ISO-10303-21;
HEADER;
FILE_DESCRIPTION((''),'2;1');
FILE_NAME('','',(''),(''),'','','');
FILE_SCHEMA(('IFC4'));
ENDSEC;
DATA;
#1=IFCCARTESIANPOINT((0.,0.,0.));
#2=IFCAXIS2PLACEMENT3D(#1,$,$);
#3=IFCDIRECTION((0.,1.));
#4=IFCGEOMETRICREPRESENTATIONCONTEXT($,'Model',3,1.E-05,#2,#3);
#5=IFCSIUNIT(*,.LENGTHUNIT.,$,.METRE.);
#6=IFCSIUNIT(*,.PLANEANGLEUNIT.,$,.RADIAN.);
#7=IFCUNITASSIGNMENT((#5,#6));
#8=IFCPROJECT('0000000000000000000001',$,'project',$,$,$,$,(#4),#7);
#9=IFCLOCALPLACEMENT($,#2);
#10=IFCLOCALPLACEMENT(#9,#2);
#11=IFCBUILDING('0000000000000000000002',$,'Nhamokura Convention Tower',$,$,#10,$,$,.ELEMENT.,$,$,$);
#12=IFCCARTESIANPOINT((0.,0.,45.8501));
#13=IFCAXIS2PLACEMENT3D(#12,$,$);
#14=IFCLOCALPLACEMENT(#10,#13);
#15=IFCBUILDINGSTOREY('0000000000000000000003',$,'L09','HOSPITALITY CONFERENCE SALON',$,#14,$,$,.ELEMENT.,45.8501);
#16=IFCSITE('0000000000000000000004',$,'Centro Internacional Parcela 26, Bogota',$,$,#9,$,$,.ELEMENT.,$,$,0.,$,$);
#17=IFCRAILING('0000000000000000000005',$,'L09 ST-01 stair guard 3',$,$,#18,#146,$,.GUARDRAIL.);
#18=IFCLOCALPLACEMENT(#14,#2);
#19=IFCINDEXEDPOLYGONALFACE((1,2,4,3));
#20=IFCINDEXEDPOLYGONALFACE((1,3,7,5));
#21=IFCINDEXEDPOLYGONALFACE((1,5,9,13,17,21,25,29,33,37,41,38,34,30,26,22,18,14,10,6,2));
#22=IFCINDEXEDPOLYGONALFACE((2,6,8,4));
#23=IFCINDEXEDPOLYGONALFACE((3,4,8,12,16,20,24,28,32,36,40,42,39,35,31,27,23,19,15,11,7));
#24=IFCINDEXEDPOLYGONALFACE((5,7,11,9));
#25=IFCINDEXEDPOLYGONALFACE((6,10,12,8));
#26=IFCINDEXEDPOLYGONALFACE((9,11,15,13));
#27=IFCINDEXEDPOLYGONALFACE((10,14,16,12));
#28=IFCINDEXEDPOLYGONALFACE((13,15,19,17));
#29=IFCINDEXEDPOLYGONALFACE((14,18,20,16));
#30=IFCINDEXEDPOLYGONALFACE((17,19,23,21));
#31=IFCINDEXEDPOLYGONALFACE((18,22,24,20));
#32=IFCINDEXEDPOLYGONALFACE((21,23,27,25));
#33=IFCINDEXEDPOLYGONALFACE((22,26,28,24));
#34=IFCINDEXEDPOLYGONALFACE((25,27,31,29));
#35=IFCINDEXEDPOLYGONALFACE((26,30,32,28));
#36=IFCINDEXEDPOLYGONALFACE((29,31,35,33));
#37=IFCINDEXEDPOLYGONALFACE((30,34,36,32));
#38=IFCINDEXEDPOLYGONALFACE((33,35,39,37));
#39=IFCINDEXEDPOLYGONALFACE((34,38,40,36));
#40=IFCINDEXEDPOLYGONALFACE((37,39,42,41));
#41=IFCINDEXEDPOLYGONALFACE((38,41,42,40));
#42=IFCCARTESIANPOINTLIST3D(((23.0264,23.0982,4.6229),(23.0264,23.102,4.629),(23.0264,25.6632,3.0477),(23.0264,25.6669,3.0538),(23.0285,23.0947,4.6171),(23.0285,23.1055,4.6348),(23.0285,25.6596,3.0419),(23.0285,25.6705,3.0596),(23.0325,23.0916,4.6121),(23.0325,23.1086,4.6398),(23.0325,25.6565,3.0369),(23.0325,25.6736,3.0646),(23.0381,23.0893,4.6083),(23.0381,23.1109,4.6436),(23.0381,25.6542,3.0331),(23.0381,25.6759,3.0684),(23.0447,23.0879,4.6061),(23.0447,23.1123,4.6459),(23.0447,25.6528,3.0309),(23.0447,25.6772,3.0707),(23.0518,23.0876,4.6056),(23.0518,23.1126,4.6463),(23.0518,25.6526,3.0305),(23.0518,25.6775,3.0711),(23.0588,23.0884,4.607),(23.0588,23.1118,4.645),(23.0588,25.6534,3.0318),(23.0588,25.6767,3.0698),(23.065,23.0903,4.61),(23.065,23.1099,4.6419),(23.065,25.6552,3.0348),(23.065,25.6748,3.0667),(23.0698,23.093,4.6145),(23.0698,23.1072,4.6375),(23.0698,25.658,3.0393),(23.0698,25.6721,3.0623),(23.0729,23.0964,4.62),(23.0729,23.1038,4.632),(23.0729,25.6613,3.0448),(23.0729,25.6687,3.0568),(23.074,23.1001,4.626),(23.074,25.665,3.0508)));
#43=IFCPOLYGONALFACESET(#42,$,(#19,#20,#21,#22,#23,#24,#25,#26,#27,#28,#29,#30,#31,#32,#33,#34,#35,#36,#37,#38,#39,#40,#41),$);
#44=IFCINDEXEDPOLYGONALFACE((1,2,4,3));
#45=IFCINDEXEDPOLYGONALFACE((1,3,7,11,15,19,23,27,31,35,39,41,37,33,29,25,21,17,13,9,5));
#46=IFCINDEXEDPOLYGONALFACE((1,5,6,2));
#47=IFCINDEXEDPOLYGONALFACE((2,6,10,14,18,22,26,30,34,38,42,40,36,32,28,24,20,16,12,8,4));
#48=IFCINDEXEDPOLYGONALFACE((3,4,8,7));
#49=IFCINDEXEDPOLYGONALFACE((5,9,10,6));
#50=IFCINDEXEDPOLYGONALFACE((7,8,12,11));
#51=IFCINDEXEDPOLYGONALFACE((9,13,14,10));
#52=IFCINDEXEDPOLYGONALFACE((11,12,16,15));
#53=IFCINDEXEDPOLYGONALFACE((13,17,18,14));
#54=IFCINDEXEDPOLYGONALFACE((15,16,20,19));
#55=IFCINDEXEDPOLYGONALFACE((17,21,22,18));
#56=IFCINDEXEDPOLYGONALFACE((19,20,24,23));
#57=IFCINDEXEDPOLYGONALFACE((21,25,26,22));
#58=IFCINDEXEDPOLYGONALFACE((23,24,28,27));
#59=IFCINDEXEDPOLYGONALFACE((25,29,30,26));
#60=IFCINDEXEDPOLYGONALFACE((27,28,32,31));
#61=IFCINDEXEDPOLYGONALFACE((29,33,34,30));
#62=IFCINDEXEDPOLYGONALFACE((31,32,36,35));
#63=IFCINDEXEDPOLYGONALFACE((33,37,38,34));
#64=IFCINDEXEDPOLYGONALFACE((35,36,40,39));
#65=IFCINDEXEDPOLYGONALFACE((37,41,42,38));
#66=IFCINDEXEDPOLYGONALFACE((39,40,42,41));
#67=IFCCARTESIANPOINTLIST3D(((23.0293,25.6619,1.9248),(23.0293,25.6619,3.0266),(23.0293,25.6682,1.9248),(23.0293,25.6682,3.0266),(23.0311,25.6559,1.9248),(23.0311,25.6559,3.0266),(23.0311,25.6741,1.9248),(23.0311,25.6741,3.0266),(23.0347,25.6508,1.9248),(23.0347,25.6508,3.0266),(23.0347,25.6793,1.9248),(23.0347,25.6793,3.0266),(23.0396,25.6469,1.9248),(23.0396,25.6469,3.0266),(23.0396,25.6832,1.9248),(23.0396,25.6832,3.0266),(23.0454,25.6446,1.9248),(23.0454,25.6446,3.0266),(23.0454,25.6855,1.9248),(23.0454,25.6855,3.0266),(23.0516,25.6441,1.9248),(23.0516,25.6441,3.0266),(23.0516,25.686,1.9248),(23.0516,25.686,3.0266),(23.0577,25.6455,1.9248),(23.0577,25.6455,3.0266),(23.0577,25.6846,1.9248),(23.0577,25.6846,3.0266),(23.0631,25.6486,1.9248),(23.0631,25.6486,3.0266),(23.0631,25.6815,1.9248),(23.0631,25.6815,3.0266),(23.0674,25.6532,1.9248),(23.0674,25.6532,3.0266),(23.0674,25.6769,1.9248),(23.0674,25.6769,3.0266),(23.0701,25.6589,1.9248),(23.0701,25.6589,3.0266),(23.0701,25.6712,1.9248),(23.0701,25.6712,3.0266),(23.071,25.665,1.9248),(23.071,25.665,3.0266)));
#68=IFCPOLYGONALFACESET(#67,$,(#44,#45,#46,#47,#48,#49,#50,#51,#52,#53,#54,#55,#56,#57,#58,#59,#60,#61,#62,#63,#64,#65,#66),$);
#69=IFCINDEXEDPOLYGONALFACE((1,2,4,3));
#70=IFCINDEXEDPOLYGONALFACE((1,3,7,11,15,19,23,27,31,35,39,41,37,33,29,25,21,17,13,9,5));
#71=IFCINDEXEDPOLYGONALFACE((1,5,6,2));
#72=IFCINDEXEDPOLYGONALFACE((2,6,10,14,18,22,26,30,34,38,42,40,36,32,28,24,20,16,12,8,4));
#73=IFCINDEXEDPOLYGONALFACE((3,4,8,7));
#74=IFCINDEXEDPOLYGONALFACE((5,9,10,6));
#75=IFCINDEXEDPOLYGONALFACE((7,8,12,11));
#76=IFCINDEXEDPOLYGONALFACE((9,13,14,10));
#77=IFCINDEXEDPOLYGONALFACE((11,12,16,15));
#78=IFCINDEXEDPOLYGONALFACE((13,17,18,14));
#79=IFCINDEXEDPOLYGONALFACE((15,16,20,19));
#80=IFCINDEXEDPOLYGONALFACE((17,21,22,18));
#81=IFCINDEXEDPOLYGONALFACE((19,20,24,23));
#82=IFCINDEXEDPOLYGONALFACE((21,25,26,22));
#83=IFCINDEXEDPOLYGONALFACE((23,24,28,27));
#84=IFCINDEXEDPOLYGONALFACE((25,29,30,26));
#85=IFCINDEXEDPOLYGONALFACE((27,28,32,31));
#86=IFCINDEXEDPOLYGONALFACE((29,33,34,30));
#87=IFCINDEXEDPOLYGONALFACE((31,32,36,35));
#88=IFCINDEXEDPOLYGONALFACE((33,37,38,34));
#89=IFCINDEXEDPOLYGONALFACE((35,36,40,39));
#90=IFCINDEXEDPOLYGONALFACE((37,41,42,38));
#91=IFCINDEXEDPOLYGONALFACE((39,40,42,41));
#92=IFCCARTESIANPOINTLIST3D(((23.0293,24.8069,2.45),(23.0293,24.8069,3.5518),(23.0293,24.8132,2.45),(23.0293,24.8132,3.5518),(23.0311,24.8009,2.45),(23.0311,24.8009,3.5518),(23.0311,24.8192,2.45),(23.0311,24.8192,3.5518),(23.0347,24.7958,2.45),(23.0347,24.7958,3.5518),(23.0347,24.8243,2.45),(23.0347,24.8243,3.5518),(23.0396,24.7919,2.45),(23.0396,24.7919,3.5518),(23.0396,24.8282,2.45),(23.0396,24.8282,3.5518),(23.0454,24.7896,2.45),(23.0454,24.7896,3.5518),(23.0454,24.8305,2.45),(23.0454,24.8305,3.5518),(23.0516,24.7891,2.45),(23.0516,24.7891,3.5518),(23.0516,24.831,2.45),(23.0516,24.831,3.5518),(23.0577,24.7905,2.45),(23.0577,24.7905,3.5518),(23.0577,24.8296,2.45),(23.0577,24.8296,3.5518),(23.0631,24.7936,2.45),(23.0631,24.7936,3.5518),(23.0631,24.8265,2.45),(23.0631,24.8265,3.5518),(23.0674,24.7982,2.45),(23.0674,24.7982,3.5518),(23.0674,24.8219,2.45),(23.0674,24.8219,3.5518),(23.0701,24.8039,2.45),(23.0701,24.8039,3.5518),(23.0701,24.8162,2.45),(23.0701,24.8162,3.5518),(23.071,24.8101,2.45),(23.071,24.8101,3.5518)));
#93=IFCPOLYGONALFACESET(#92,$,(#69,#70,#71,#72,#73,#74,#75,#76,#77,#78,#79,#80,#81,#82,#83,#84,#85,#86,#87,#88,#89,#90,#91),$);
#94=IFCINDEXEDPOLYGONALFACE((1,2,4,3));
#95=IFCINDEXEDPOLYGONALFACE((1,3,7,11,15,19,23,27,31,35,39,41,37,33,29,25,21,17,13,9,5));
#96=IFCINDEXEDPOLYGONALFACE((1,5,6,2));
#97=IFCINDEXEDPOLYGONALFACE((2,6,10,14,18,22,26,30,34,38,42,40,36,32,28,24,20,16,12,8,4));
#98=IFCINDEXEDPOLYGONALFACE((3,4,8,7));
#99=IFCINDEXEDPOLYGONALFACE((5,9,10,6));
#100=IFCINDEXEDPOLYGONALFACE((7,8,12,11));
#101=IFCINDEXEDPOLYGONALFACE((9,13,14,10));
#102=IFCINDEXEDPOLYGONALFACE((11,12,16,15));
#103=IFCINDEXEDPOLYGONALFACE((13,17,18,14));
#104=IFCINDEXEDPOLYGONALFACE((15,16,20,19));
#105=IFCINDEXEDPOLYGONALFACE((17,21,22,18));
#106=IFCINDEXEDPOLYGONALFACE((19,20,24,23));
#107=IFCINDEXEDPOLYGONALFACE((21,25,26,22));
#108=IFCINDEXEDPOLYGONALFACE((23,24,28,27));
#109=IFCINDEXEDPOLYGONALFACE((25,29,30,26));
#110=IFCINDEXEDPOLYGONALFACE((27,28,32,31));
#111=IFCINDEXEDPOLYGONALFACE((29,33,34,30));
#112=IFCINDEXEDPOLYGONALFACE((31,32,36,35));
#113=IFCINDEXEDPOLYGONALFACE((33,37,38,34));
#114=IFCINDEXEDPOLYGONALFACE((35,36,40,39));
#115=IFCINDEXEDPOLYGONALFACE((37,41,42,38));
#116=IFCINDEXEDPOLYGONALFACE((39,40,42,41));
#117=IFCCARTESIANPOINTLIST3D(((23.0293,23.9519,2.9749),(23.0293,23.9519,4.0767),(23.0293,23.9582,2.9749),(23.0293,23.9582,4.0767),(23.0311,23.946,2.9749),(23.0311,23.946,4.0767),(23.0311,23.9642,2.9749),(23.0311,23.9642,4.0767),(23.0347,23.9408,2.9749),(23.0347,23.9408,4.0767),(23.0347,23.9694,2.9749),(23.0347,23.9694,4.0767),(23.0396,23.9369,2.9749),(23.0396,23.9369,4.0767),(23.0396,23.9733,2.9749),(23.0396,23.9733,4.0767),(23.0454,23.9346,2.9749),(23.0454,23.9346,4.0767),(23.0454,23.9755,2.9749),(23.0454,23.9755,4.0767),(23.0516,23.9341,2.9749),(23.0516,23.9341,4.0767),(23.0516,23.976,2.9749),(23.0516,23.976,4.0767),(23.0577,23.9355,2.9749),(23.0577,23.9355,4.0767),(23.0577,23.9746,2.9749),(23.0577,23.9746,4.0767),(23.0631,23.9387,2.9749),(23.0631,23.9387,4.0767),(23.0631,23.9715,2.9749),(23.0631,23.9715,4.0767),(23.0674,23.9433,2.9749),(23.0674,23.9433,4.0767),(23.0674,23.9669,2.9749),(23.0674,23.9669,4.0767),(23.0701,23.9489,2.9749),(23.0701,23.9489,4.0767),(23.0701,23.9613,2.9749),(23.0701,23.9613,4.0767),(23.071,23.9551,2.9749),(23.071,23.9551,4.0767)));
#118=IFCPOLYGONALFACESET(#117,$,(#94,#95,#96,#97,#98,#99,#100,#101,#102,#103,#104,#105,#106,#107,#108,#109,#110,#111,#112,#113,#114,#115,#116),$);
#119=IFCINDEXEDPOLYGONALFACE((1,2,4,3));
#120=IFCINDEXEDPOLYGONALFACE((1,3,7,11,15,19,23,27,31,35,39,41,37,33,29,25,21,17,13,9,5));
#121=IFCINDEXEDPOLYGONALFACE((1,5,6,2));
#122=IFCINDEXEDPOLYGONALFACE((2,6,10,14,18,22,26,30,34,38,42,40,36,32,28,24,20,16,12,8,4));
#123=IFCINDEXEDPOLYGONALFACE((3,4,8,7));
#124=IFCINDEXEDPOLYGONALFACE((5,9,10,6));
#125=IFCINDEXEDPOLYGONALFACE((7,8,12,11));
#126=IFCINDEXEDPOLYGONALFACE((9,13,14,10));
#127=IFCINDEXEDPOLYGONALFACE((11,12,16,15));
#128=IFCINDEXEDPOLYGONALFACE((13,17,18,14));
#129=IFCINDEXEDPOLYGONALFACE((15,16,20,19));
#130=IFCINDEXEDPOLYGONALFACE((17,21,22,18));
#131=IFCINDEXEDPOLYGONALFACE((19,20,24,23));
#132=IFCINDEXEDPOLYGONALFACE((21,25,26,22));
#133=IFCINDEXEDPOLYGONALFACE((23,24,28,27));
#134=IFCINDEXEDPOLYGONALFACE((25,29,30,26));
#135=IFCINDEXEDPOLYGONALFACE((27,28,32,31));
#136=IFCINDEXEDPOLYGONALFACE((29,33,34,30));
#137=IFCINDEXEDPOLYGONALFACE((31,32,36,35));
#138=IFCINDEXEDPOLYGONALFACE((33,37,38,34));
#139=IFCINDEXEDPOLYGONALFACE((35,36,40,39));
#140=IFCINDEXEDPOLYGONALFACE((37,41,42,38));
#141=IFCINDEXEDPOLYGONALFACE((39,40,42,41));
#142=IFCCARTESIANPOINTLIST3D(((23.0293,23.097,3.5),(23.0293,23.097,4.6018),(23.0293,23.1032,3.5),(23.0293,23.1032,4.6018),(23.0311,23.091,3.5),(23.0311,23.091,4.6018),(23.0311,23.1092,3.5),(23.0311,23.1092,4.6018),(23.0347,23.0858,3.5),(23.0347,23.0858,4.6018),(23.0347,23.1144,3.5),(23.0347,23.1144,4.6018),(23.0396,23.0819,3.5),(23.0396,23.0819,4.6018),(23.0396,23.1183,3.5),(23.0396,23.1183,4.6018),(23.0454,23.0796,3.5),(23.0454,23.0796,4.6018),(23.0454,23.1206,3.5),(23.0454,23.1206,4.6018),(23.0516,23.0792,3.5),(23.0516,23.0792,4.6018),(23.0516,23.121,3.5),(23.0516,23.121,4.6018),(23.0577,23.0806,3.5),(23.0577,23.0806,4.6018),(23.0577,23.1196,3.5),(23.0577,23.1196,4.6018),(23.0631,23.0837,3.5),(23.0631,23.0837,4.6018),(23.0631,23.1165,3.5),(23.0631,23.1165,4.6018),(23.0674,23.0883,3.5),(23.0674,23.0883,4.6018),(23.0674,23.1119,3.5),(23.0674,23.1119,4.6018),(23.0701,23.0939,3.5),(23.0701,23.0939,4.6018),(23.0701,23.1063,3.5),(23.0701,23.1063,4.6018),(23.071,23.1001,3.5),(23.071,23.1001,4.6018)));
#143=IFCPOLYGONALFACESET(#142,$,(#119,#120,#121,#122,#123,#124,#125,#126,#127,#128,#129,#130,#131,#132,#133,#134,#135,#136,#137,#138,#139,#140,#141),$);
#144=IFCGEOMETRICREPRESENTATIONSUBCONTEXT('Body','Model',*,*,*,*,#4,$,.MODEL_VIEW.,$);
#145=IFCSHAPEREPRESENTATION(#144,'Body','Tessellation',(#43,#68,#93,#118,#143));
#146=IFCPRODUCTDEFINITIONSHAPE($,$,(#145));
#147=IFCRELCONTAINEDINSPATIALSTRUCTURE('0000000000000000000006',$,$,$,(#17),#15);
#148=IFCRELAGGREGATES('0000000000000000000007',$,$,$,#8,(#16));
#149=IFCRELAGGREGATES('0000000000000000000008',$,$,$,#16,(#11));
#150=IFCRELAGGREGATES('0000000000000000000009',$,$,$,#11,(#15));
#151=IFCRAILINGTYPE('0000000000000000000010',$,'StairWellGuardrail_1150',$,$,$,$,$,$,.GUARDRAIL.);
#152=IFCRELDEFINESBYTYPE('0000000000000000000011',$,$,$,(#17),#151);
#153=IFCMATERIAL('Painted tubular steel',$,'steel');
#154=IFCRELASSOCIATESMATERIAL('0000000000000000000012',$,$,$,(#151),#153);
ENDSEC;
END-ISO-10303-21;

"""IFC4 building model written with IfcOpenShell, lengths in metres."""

from ifc_helpers import new_model, si_unit, direction, frame, origin, origin_2d, place, context, subcontext, project, spatial, circle, extrude, material, type_object, element, save


model = new_model("IFC4")

# Units and contexts
model_context = context("Model", 3, precision=1e-05, world=origin(), true_north=direction((0.0, 1.0)))
body_context = subcontext(model_context, "Body", "Model", "MODEL_VIEW")
ifc_project = project(units=[si_unit("LENGTHUNIT", "METRE"), si_unit("PLANEANGLEUNIT", "RADIAN")], contexts=[model_context])

# Site, building, storey
site_placement = place(None, origin())
site = spatial("IfcSite", under=ifc_project, at=site_placement, Name="Centro Internacional Parcela 26, Bogota", CompositionType="ELEMENT", RefElevation=0.0)
building_placement = place(site_placement, origin())
building = spatial("IfcBuilding", under=site, at=building_placement, Name="Nhamokura Convention Tower", CompositionType="ELEMENT")
storey_placement = place(building_placement, frame((0.0, 0.0, 45.8501)))
storey = spatial("IfcBuildingStorey", under=building, at=storey_placement, Name="L09", Description="HOSPITALITY CONFERENCE SALON", CompositionType="ELEMENT", Elevation=45.8501)

# Railing
ifc_material_1 = material(Name="Painted tubular steel", Category="steel")
railing_type_1 = type_object("IfcRailingType", Name="StairWellGuardrail_1150", PredefinedType="GUARDRAIL", material=ifc_material_1)
railing_1_placement = place(storey_placement, frame((23.05, 25.665, 1.9248)))
element("IfcRailing", 1, at=railing_1_placement, inside=storey, type_object=railing_type_1, Name="L09 ST-01 stair guard 3", PredefinedType="GUARDRAIL", context=body_context, shape_type="SweptSolid", body=[
    extrude(circle(Radius=0.0239, at=origin_2d()), frame((0.0, 0.0, 1.126), z_axis=(0.0, -0.852137, 0.523319), x_axis=(1.0, 0.0, 0.0)), (0.0, 0.0, 1.0), 3.01),
    extrude(circle(Radius=0.021, at=origin_2d()), origin(), (0.0, 0.0, 1.0), 1.1018),
    extrude(circle(Radius=0.021, at=origin_2d()), frame((0.0, -0.855, 0.5251)), (0.0, 0.0, 1.0), 1.1018),
    extrude(circle(Radius=0.021, at=origin_2d()), frame((0.0, -1.71, 1.05)), (0.0, 0.0, 1.0), 1.1018),
    extrude(circle(Radius=0.021, at=origin_2d()), frame((0.0, -2.5649, 1.5752)), (0.0, 0.0, 1.0), 1.1018),
])

save(model, "model.ifc")
